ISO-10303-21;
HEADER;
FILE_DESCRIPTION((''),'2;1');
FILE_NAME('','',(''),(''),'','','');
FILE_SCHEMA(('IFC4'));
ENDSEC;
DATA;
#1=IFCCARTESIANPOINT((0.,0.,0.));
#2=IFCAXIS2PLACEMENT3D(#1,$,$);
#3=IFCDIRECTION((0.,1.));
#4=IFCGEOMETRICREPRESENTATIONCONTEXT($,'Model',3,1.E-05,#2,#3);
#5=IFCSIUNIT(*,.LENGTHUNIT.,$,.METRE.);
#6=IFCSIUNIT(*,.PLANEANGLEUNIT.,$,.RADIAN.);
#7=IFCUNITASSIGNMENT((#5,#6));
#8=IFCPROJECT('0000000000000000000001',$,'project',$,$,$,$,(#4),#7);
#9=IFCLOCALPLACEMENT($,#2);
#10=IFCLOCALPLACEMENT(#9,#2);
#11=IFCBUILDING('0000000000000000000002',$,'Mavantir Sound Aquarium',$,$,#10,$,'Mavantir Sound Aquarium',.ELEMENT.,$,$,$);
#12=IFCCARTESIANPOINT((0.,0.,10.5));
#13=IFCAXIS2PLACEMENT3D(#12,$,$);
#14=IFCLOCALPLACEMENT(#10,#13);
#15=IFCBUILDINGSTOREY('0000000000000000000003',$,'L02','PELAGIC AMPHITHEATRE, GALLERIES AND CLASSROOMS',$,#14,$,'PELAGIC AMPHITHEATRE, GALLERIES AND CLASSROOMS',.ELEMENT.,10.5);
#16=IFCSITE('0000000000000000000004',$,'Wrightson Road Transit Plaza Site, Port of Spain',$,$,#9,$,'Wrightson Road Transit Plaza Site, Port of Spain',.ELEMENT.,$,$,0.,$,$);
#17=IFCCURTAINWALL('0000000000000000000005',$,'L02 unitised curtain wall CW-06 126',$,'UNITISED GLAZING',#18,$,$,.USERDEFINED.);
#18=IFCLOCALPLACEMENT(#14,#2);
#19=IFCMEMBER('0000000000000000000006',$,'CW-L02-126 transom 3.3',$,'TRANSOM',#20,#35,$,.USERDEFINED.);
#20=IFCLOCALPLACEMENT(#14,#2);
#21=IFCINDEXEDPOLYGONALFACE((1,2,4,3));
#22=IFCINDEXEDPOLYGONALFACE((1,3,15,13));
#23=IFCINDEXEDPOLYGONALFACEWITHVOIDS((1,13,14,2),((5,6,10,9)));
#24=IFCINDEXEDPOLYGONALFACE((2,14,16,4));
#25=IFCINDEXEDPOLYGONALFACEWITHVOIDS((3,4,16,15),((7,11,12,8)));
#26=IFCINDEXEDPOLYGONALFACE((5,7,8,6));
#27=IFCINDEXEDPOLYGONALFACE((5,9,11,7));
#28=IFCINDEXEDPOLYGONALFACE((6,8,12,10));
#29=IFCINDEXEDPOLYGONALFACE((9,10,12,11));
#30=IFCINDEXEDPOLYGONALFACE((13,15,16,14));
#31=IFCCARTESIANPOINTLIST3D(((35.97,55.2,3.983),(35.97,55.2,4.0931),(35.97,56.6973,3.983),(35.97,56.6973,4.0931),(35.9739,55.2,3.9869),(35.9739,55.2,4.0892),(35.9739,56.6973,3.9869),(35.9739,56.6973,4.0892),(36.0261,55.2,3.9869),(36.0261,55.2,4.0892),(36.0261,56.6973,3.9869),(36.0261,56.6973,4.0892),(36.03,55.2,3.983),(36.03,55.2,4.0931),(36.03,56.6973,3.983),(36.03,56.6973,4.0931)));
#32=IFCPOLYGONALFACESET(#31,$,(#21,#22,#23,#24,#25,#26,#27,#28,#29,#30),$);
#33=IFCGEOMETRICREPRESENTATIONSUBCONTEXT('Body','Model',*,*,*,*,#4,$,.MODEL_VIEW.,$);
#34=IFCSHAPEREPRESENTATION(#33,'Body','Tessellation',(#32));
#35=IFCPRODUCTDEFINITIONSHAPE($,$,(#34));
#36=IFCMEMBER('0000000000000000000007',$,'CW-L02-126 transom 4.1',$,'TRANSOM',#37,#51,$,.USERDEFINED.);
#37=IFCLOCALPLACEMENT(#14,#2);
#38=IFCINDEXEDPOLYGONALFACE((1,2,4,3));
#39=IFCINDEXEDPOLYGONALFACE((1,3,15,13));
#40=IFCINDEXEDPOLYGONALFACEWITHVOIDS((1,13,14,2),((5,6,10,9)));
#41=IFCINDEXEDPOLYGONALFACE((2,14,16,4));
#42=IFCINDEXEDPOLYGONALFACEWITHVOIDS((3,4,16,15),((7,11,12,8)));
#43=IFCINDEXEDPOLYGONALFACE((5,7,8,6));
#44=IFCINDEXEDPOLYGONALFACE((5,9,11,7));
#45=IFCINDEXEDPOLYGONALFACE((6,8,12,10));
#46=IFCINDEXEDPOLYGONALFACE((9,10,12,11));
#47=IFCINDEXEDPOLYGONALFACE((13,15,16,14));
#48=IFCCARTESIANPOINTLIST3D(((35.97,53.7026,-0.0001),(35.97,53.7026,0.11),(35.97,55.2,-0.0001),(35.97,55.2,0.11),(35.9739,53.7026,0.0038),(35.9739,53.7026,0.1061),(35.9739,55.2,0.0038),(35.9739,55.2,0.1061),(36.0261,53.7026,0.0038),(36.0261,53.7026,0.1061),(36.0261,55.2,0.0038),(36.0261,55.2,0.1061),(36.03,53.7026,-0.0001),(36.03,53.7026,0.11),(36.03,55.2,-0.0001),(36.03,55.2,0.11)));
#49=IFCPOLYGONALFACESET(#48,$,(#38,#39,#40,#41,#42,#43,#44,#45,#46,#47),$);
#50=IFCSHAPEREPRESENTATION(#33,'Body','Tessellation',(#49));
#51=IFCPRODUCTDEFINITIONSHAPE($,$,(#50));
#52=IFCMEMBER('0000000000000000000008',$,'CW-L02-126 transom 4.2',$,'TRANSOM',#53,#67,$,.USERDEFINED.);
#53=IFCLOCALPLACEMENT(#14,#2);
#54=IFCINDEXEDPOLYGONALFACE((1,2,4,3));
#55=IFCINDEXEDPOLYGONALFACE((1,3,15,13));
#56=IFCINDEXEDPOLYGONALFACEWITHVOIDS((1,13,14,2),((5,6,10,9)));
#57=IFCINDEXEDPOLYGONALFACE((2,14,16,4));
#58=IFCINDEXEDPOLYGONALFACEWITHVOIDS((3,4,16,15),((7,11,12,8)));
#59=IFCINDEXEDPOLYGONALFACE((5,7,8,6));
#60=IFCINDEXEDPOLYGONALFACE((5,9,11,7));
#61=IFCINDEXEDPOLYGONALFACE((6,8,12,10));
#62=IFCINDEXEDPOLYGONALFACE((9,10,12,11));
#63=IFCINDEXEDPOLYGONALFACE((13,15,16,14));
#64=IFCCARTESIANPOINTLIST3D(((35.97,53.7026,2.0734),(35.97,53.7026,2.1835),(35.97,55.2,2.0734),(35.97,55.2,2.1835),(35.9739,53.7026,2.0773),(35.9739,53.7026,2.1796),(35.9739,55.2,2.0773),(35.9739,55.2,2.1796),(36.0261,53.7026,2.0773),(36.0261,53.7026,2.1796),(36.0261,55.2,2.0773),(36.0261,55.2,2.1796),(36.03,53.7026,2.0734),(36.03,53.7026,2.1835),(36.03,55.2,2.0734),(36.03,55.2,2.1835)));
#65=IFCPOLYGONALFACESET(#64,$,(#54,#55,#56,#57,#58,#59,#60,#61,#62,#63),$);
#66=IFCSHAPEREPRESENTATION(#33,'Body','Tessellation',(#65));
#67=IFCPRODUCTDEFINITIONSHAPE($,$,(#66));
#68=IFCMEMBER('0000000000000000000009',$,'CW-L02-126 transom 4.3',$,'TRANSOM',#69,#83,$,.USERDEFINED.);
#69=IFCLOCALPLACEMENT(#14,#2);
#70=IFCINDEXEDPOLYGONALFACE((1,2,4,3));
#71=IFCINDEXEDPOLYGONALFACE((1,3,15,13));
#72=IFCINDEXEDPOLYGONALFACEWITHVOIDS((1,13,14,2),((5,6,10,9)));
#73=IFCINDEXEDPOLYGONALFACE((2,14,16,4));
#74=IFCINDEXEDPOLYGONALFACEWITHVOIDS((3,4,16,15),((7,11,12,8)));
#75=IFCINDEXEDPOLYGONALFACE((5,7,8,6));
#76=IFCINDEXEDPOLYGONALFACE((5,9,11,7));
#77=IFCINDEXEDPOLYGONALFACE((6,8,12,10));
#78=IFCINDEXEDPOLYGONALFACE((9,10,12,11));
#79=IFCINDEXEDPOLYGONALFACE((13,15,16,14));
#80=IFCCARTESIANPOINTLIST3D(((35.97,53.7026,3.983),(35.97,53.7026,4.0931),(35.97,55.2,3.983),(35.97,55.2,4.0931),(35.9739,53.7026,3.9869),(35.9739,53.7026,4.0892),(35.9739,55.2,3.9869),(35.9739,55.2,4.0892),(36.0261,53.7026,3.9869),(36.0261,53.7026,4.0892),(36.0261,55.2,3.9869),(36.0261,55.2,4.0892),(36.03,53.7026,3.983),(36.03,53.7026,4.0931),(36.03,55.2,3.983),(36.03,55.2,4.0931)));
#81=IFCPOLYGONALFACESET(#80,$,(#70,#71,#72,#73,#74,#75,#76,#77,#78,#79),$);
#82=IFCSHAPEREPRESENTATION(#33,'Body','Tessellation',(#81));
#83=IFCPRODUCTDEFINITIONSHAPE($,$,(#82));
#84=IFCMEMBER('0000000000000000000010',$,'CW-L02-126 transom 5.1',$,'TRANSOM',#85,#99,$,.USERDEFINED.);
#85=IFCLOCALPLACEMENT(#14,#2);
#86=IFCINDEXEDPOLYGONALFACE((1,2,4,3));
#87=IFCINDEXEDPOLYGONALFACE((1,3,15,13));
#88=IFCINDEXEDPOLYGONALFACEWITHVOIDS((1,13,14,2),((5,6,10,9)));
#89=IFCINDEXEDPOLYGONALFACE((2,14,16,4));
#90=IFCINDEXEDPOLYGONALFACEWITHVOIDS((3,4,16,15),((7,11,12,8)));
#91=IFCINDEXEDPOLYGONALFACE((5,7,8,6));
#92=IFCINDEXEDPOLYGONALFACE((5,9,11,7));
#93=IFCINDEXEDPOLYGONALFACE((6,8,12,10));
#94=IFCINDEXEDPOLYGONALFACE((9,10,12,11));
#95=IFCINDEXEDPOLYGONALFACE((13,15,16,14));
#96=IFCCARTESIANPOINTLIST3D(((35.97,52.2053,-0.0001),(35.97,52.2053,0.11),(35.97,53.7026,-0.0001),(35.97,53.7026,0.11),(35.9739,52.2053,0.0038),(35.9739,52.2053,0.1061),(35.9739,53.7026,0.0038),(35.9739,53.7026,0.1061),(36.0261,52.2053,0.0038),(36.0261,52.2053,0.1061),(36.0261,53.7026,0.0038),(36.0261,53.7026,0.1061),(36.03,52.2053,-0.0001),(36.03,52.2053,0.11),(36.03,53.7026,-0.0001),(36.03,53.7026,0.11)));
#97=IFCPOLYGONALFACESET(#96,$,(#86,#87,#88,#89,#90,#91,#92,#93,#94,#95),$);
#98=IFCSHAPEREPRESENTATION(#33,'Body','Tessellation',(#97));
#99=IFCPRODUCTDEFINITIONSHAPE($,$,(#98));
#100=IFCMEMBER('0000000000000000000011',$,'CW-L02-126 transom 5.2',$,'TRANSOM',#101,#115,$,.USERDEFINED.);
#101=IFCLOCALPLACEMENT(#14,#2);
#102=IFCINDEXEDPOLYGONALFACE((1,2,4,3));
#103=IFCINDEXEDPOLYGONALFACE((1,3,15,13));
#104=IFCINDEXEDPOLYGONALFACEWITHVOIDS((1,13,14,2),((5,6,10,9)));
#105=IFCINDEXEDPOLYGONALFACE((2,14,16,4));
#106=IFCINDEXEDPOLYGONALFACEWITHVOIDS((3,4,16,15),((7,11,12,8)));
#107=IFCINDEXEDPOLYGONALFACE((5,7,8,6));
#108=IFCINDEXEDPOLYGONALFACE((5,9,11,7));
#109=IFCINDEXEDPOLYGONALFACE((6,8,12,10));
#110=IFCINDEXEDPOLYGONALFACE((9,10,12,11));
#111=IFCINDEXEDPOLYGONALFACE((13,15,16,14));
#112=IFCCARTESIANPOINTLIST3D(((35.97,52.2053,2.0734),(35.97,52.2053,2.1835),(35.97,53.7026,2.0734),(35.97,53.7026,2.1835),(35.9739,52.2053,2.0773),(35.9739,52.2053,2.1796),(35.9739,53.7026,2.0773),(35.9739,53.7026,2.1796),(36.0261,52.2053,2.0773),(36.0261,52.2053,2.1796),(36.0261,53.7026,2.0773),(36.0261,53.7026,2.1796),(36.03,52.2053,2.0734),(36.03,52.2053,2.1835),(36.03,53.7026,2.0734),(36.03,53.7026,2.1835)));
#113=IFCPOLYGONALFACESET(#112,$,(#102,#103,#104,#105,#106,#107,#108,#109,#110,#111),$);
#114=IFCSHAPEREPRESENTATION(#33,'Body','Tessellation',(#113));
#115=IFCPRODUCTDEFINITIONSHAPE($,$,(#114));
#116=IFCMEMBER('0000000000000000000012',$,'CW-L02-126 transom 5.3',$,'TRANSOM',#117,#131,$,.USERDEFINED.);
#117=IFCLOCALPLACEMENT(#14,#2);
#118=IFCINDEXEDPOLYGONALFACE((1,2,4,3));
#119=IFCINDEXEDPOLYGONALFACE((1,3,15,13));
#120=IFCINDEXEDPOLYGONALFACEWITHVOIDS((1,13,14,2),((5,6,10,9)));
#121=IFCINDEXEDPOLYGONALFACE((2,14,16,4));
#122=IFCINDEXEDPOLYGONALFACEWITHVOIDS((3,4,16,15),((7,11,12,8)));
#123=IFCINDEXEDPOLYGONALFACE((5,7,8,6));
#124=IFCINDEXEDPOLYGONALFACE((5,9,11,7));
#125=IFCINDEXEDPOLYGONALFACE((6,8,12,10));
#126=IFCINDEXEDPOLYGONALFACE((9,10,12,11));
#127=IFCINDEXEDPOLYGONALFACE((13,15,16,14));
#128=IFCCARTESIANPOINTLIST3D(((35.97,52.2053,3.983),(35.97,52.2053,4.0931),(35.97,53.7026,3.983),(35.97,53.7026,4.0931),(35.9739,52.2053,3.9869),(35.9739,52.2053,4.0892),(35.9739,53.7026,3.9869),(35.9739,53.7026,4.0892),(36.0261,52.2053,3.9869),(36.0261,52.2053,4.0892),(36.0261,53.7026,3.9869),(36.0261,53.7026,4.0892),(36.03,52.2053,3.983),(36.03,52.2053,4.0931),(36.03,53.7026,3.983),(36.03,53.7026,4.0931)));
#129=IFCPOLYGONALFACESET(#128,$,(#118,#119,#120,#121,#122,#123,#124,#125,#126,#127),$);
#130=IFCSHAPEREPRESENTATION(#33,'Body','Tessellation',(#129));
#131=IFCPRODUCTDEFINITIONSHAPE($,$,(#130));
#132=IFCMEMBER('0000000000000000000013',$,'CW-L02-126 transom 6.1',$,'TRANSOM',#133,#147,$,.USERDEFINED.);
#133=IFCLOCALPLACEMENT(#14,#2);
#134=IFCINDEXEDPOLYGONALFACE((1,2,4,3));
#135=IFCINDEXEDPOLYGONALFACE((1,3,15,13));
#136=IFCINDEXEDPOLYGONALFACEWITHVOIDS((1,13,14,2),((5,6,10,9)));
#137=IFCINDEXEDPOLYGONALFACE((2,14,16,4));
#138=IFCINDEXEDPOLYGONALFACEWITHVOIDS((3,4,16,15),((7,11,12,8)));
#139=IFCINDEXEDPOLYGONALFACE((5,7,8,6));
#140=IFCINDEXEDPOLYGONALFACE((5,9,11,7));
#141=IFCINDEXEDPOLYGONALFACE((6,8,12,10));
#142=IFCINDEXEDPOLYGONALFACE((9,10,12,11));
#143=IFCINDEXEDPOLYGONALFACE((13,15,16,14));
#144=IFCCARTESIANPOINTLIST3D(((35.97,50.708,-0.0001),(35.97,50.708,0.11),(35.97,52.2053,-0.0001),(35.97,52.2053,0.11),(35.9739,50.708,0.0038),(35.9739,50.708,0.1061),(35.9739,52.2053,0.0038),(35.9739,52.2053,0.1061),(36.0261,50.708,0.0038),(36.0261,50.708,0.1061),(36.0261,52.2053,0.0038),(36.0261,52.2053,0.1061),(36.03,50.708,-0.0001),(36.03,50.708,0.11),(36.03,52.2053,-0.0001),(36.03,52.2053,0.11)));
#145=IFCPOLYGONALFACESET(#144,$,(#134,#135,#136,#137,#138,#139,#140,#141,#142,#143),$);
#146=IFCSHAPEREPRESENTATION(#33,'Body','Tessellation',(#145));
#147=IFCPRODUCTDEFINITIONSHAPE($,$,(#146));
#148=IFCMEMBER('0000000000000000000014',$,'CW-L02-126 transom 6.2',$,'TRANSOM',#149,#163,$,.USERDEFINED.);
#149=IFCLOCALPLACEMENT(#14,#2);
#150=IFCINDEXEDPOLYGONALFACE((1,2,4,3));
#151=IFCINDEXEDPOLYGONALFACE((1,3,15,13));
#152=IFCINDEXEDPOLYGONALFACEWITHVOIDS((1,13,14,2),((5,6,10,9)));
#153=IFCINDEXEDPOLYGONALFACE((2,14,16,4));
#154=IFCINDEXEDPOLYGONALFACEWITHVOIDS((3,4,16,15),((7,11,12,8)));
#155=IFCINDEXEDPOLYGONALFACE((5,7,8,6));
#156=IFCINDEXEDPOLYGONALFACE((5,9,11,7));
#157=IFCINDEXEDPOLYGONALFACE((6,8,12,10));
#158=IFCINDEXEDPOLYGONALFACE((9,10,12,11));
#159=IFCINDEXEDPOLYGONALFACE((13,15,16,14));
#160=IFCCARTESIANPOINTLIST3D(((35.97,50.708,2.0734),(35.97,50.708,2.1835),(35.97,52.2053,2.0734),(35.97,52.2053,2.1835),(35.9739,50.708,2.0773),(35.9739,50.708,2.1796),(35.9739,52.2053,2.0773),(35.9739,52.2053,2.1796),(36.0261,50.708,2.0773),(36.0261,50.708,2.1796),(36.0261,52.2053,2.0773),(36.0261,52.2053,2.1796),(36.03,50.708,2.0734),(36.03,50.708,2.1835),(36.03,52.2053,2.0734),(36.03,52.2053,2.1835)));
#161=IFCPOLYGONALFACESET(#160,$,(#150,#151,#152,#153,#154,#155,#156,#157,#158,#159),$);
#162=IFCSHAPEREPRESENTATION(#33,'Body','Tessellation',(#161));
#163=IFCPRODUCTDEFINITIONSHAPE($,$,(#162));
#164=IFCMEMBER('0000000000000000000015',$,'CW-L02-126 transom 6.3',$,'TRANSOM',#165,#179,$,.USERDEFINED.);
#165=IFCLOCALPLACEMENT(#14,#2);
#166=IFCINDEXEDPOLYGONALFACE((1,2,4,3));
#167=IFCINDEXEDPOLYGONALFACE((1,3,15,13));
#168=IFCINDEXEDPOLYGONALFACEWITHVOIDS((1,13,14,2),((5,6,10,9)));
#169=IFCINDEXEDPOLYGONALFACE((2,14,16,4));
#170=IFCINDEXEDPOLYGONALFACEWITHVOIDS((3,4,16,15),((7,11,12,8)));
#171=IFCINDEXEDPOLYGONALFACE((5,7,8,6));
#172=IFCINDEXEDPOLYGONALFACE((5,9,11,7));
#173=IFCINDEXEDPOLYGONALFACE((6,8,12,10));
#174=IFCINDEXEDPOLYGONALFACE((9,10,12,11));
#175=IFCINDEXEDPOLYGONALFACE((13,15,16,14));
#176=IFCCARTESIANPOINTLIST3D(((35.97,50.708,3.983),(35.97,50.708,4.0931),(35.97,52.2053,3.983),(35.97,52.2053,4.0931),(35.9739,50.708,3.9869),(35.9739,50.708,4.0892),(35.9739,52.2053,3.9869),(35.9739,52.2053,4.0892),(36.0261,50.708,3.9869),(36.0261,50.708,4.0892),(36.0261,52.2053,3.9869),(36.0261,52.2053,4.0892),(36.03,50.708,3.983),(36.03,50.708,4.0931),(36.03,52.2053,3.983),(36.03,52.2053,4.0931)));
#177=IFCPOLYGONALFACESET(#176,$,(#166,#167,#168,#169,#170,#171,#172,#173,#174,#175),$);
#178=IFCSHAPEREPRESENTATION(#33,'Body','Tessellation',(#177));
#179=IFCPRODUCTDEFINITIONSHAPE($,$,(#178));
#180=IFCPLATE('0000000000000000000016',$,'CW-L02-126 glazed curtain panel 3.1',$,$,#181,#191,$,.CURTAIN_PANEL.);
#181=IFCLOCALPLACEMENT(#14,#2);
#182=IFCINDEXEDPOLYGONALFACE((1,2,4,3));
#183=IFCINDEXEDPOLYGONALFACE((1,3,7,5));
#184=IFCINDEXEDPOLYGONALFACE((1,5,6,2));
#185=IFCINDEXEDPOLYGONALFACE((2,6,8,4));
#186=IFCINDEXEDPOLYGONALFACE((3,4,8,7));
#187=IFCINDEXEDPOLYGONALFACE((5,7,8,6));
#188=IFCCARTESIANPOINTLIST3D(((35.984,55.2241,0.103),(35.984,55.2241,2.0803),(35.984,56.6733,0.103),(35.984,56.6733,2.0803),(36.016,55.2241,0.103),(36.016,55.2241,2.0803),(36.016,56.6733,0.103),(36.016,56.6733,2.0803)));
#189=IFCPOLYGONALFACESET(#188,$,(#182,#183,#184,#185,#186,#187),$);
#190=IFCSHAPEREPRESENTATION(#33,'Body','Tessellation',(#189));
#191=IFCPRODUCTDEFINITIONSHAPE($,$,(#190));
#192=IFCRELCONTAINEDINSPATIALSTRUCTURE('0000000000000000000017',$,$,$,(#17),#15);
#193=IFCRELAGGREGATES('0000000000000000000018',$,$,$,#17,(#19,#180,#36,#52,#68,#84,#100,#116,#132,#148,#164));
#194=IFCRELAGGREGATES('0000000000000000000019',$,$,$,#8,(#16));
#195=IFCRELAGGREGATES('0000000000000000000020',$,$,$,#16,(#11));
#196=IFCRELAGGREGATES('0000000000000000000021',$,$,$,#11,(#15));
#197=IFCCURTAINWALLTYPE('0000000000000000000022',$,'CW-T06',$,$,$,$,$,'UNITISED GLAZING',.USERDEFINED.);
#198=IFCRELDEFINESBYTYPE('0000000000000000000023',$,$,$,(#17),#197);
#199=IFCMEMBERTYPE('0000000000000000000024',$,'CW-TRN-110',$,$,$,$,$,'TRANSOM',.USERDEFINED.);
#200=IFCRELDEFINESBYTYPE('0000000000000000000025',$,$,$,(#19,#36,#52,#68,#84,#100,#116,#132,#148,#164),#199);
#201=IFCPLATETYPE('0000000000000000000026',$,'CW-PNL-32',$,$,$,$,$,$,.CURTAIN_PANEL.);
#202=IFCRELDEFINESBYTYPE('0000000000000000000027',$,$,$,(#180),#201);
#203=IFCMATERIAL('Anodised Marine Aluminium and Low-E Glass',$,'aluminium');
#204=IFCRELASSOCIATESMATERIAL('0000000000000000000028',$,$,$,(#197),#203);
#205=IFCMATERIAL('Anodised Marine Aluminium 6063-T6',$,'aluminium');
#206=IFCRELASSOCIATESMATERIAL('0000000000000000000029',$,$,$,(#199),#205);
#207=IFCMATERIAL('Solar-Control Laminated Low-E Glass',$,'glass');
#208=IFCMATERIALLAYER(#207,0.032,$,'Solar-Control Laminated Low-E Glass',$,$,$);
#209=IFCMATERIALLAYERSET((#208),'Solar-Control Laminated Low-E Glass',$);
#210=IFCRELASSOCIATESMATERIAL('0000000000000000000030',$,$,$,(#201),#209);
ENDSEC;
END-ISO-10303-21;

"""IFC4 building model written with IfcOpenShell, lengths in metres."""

from ifc_helpers import new_model, si_unit, direction, frame, origin, origin_2d, place, context, subcontext, project, spatial, rectangle, hollow_rectangle, extrude, material, layer, layer_set, material_profile, profile_set, type_object, element, aggregate, save


model = new_model("IFC4")

# Units and contexts
model_context = context("Model", 3, precision=1e-05, world=origin(), true_north=direction((0.0, 1.0)))
body_context = subcontext(model_context, "Body", "Model", "MODEL_VIEW")
ifc_project = project(units=[si_unit("LENGTHUNIT", "METRE"), si_unit("PLANEANGLEUNIT", "RADIAN")], contexts=[model_context])

# Site, building, storey
site_placement = place(None, origin())
site = spatial("IfcSite", under=ifc_project, at=site_placement, Name="Wrightson Road Transit Plaza Site, Port of Spain", LongName="Wrightson Road Transit Plaza Site, Port of Spain", CompositionType="ELEMENT", RefElevation=0.0)
building_placement = place(site_placement, origin())
building = spatial("IfcBuilding", under=site, at=building_placement, Name="Mavantir Sound Aquarium", LongName="Mavantir Sound Aquarium", CompositionType="ELEMENT")
storey_placement = place(building_placement, frame((0.0, 0.0, 10.5)))
storey = spatial("IfcBuildingStorey", under=building, at=storey_placement, Name="L02", Description="PELAGIC AMPHITHEATRE, GALLERIES AND CLASSROOMS", LongName="PELAGIC AMPHITHEATRE, GALLERIES AND CLASSROOMS", CompositionType="ELEMENT", Elevation=10.5)

# Curtain wall, members, plate
ifc_material_1 = material(Name="Anodised Marine Aluminium and Low-E Glass", Category="aluminium")
curtain_wall_type = type_object("IfcCurtainWallType", Name="CW-T06", ElementType="UNITISED GLAZING", PredefinedType="USERDEFINED", material=ifc_material_1)
curtain_wall_placement = place(storey_placement, origin())
curtain_wall = element("IfcCurtainWall", 1, at=curtain_wall_placement, inside=storey, type_object=curtain_wall_type, Name="L02 unitised curtain wall CW-06 126", ObjectType="UNITISED GLAZING", PredefinedType="USERDEFINED")
ifc_material_2 = material(Name="Anodised Marine Aluminium 6063-T6", Category="aluminium")
ifc_material_profile_1 = material_profile(ifc_material_2, hollow_rectangle(XDim=0.0601, YDim=0.1101, WallThickness=0.0039, at=origin_2d()), Name="ALU-TRANSOM-110X60")
ifc_profile_set_1 = profile_set([ifc_material_profile_1], Name="Anodised Marine Aluminium 6063-T6")
member_type = type_object("IfcMemberType", Name="CW-TRN-110", ElementType="TRANSOM", PredefinedType="USERDEFINED", material=ifc_profile_set_1)
member_1_placement = place(storey_placement, frame((36.0, 56.6973, 4.0381), z_axis=(0.0, -1.0, 0.0), x_axis=(1.0, 0.0, 0.0)))
member_1 = element("IfcMember", 2, at=member_1_placement, type_object=member_type, Name="CW-L02-126 transom 3.3", ObjectType="TRANSOM", PredefinedType="USERDEFINED", context=body_context, shape_type="SweptSolid", body=[
    extrude(hollow_rectangle(XDim=0.0601, YDim=0.1101, WallThickness=0.0039, at=origin_2d()), origin(), (0.0, 0.0, 1.0), 1.4973),
])
member_2_placement = place(storey_placement, frame((36.0, 55.2, 0.0549), z_axis=(0.0, -1.0, 0.0), x_axis=(1.0, 0.0, 0.0)))
member_2 = element("IfcMember", 3, at=member_2_placement, type_object=member_type, Name="CW-L02-126 transom 4.1", ObjectType="TRANSOM", PredefinedType="USERDEFINED", context=body_context, shape_type="SweptSolid", body=[
    extrude(hollow_rectangle(XDim=0.0601, YDim=0.1101, WallThickness=0.0039, at=origin_2d()), origin(), (0.0, 0.0, 1.0), 1.4973),
])
member_3_placement = place(storey_placement, frame((36.0, 55.2, 2.1284), z_axis=(0.0, -1.0, 0.0), x_axis=(1.0, 0.0, 0.0)))
member_3 = element("IfcMember", 4, at=member_3_placement, type_object=member_type, Name="CW-L02-126 transom 4.2", ObjectType="TRANSOM", PredefinedType="USERDEFINED", context=body_context, shape_type="SweptSolid", body=[
    extrude(hollow_rectangle(XDim=0.0601, YDim=0.1101, WallThickness=0.0039, at=origin_2d()), origin(), (0.0, 0.0, 1.0), 1.4973),
])
member_4_placement = place(storey_placement, frame((36.0, 55.2, 4.0381), z_axis=(0.0, -1.0, 0.0), x_axis=(1.0, 0.0, 0.0)))
member_4 = element("IfcMember", 5, at=member_4_placement, type_object=member_type, Name="CW-L02-126 transom 4.3", ObjectType="TRANSOM", PredefinedType="USERDEFINED", context=body_context, shape_type="SweptSolid", body=[
    extrude(hollow_rectangle(XDim=0.0601, YDim=0.1101, WallThickness=0.0039, at=origin_2d()), origin(), (0.0, 0.0, 1.0), 1.4973),
])
member_5_placement = place(storey_placement, frame((36.0, 53.7026, 0.0549), z_axis=(0.0, -1.0, 0.0), x_axis=(1.0, 0.0, 0.0)))
member_5 = element("IfcMember", 6, at=member_5_placement, type_object=member_type, Name="CW-L02-126 transom 5.1", ObjectType="TRANSOM", PredefinedType="USERDEFINED", context=body_context, shape_type="SweptSolid", body=[
    extrude(hollow_rectangle(XDim=0.0601, YDim=0.1101, WallThickness=0.0039, at=origin_2d()), origin(), (0.0, 0.0, 1.0), 1.4973),
])
member_6_placement = place(storey_placement, frame((36.0, 53.7026, 2.1284), z_axis=(0.0, -1.0, 0.0), x_axis=(1.0, 0.0, 0.0)))
member_6 = element("IfcMember", 7, at=member_6_placement, type_object=member_type, Name="CW-L02-126 transom 5.2", ObjectType="TRANSOM", PredefinedType="USERDEFINED", context=body_context, shape_type="SweptSolid", body=[
    extrude(hollow_rectangle(XDim=0.0601, YDim=0.1101, WallThickness=0.0039, at=origin_2d()), origin(), (0.0, 0.0, 1.0), 1.4973),
])
member_7_placement = place(storey_placement, frame((36.0, 53.7026, 4.0381), z_axis=(0.0, -1.0, 0.0), x_axis=(1.0, 0.0, 0.0)))
member_7 = element("IfcMember", 8, at=member_7_placement, type_object=member_type, Name="CW-L02-126 transom 5.3", ObjectType="TRANSOM", PredefinedType="USERDEFINED", context=body_context, shape_type="SweptSolid", body=[
    extrude(hollow_rectangle(XDim=0.0601, YDim=0.1101, WallThickness=0.0039, at=origin_2d()), origin(), (0.0, 0.0, 1.0), 1.4973),
])
member_8_placement = place(storey_placement, frame((36.0, 52.2053, 0.0549), z_axis=(0.0, -1.0, 0.0), x_axis=(1.0, 0.0, 0.0)))
member_8 = element("IfcMember", 9, at=member_8_placement, type_object=member_type, Name="CW-L02-126 transom 6.1", ObjectType="TRANSOM", PredefinedType="USERDEFINED", context=body_context, shape_type="SweptSolid", body=[
    extrude(hollow_rectangle(XDim=0.0601, YDim=0.1101, WallThickness=0.0039, at=origin_2d()), origin(), (0.0, 0.0, 1.0), 1.4973),
])
member_9_placement = place(storey_placement, frame((36.0, 52.2053, 2.1284), z_axis=(0.0, -1.0, 0.0), x_axis=(1.0, 0.0, 0.0)))
member_9 = element("IfcMember", 10, at=member_9_placement, type_object=member_type, Name="CW-L02-126 transom 6.2", ObjectType="TRANSOM", PredefinedType="USERDEFINED", context=body_context, shape_type="SweptSolid", body=[
    extrude(hollow_rectangle(XDim=0.0601, YDim=0.1101, WallThickness=0.0039, at=origin_2d()), origin(), (0.0, 0.0, 1.0), 1.4973),
])
member_10_placement = place(storey_placement, frame((36.0, 52.2053, 4.0381), z_axis=(0.0, -1.0, 0.0), x_axis=(1.0, 0.0, 0.0)))
member_10 = element("IfcMember", 11, at=member_10_placement, type_object=member_type, Name="CW-L02-126 transom 6.3", ObjectType="TRANSOM", PredefinedType="USERDEFINED", context=body_context, shape_type="SweptSolid", body=[
    extrude(hollow_rectangle(XDim=0.0601, YDim=0.1101, WallThickness=0.0039, at=origin_2d()), origin(), (0.0, 0.0, 1.0), 1.4973),
])
ifc_material_3 = material(Name="Solar-Control Laminated Low-E Glass", Category="glass")
ifc_layer_1 = layer(ifc_material_3, 0.032, Name="Solar-Control Laminated Low-E Glass")
ifc_layer_set_1 = layer_set([ifc_layer_1], Name="Solar-Control Laminated Low-E Glass")
plate_type = type_object("IfcPlateType", Name="CW-PNL-32", PredefinedType="CURTAIN_PANEL", material=ifc_layer_set_1)
plate_1_placement = place(storey_placement, frame((36.0, 55.9487, 0.103), z_axis=(0.0, 0.0, 1.0), x_axis=(0.0, -1.0, 0.0)))
plate_1 = element("IfcPlate", 12, at=plate_1_placement, type_object=plate_type, Name="CW-L02-126 glazed curtain panel 3.1", PredefinedType="CURTAIN_PANEL", context=body_context, shape_type="SweptSolid", body=[
    extrude(rectangle(XDim=1.4492, YDim=0.032, at=origin_2d()), origin(), (0.0, 0.0, 1.0), 1.9773),
])
aggregate(curtain_wall, [member_1, plate_1, member_2, member_3, member_4, member_5, member_6, member_7, member_8, member_9, member_10])

save(model, "model.ifc")
